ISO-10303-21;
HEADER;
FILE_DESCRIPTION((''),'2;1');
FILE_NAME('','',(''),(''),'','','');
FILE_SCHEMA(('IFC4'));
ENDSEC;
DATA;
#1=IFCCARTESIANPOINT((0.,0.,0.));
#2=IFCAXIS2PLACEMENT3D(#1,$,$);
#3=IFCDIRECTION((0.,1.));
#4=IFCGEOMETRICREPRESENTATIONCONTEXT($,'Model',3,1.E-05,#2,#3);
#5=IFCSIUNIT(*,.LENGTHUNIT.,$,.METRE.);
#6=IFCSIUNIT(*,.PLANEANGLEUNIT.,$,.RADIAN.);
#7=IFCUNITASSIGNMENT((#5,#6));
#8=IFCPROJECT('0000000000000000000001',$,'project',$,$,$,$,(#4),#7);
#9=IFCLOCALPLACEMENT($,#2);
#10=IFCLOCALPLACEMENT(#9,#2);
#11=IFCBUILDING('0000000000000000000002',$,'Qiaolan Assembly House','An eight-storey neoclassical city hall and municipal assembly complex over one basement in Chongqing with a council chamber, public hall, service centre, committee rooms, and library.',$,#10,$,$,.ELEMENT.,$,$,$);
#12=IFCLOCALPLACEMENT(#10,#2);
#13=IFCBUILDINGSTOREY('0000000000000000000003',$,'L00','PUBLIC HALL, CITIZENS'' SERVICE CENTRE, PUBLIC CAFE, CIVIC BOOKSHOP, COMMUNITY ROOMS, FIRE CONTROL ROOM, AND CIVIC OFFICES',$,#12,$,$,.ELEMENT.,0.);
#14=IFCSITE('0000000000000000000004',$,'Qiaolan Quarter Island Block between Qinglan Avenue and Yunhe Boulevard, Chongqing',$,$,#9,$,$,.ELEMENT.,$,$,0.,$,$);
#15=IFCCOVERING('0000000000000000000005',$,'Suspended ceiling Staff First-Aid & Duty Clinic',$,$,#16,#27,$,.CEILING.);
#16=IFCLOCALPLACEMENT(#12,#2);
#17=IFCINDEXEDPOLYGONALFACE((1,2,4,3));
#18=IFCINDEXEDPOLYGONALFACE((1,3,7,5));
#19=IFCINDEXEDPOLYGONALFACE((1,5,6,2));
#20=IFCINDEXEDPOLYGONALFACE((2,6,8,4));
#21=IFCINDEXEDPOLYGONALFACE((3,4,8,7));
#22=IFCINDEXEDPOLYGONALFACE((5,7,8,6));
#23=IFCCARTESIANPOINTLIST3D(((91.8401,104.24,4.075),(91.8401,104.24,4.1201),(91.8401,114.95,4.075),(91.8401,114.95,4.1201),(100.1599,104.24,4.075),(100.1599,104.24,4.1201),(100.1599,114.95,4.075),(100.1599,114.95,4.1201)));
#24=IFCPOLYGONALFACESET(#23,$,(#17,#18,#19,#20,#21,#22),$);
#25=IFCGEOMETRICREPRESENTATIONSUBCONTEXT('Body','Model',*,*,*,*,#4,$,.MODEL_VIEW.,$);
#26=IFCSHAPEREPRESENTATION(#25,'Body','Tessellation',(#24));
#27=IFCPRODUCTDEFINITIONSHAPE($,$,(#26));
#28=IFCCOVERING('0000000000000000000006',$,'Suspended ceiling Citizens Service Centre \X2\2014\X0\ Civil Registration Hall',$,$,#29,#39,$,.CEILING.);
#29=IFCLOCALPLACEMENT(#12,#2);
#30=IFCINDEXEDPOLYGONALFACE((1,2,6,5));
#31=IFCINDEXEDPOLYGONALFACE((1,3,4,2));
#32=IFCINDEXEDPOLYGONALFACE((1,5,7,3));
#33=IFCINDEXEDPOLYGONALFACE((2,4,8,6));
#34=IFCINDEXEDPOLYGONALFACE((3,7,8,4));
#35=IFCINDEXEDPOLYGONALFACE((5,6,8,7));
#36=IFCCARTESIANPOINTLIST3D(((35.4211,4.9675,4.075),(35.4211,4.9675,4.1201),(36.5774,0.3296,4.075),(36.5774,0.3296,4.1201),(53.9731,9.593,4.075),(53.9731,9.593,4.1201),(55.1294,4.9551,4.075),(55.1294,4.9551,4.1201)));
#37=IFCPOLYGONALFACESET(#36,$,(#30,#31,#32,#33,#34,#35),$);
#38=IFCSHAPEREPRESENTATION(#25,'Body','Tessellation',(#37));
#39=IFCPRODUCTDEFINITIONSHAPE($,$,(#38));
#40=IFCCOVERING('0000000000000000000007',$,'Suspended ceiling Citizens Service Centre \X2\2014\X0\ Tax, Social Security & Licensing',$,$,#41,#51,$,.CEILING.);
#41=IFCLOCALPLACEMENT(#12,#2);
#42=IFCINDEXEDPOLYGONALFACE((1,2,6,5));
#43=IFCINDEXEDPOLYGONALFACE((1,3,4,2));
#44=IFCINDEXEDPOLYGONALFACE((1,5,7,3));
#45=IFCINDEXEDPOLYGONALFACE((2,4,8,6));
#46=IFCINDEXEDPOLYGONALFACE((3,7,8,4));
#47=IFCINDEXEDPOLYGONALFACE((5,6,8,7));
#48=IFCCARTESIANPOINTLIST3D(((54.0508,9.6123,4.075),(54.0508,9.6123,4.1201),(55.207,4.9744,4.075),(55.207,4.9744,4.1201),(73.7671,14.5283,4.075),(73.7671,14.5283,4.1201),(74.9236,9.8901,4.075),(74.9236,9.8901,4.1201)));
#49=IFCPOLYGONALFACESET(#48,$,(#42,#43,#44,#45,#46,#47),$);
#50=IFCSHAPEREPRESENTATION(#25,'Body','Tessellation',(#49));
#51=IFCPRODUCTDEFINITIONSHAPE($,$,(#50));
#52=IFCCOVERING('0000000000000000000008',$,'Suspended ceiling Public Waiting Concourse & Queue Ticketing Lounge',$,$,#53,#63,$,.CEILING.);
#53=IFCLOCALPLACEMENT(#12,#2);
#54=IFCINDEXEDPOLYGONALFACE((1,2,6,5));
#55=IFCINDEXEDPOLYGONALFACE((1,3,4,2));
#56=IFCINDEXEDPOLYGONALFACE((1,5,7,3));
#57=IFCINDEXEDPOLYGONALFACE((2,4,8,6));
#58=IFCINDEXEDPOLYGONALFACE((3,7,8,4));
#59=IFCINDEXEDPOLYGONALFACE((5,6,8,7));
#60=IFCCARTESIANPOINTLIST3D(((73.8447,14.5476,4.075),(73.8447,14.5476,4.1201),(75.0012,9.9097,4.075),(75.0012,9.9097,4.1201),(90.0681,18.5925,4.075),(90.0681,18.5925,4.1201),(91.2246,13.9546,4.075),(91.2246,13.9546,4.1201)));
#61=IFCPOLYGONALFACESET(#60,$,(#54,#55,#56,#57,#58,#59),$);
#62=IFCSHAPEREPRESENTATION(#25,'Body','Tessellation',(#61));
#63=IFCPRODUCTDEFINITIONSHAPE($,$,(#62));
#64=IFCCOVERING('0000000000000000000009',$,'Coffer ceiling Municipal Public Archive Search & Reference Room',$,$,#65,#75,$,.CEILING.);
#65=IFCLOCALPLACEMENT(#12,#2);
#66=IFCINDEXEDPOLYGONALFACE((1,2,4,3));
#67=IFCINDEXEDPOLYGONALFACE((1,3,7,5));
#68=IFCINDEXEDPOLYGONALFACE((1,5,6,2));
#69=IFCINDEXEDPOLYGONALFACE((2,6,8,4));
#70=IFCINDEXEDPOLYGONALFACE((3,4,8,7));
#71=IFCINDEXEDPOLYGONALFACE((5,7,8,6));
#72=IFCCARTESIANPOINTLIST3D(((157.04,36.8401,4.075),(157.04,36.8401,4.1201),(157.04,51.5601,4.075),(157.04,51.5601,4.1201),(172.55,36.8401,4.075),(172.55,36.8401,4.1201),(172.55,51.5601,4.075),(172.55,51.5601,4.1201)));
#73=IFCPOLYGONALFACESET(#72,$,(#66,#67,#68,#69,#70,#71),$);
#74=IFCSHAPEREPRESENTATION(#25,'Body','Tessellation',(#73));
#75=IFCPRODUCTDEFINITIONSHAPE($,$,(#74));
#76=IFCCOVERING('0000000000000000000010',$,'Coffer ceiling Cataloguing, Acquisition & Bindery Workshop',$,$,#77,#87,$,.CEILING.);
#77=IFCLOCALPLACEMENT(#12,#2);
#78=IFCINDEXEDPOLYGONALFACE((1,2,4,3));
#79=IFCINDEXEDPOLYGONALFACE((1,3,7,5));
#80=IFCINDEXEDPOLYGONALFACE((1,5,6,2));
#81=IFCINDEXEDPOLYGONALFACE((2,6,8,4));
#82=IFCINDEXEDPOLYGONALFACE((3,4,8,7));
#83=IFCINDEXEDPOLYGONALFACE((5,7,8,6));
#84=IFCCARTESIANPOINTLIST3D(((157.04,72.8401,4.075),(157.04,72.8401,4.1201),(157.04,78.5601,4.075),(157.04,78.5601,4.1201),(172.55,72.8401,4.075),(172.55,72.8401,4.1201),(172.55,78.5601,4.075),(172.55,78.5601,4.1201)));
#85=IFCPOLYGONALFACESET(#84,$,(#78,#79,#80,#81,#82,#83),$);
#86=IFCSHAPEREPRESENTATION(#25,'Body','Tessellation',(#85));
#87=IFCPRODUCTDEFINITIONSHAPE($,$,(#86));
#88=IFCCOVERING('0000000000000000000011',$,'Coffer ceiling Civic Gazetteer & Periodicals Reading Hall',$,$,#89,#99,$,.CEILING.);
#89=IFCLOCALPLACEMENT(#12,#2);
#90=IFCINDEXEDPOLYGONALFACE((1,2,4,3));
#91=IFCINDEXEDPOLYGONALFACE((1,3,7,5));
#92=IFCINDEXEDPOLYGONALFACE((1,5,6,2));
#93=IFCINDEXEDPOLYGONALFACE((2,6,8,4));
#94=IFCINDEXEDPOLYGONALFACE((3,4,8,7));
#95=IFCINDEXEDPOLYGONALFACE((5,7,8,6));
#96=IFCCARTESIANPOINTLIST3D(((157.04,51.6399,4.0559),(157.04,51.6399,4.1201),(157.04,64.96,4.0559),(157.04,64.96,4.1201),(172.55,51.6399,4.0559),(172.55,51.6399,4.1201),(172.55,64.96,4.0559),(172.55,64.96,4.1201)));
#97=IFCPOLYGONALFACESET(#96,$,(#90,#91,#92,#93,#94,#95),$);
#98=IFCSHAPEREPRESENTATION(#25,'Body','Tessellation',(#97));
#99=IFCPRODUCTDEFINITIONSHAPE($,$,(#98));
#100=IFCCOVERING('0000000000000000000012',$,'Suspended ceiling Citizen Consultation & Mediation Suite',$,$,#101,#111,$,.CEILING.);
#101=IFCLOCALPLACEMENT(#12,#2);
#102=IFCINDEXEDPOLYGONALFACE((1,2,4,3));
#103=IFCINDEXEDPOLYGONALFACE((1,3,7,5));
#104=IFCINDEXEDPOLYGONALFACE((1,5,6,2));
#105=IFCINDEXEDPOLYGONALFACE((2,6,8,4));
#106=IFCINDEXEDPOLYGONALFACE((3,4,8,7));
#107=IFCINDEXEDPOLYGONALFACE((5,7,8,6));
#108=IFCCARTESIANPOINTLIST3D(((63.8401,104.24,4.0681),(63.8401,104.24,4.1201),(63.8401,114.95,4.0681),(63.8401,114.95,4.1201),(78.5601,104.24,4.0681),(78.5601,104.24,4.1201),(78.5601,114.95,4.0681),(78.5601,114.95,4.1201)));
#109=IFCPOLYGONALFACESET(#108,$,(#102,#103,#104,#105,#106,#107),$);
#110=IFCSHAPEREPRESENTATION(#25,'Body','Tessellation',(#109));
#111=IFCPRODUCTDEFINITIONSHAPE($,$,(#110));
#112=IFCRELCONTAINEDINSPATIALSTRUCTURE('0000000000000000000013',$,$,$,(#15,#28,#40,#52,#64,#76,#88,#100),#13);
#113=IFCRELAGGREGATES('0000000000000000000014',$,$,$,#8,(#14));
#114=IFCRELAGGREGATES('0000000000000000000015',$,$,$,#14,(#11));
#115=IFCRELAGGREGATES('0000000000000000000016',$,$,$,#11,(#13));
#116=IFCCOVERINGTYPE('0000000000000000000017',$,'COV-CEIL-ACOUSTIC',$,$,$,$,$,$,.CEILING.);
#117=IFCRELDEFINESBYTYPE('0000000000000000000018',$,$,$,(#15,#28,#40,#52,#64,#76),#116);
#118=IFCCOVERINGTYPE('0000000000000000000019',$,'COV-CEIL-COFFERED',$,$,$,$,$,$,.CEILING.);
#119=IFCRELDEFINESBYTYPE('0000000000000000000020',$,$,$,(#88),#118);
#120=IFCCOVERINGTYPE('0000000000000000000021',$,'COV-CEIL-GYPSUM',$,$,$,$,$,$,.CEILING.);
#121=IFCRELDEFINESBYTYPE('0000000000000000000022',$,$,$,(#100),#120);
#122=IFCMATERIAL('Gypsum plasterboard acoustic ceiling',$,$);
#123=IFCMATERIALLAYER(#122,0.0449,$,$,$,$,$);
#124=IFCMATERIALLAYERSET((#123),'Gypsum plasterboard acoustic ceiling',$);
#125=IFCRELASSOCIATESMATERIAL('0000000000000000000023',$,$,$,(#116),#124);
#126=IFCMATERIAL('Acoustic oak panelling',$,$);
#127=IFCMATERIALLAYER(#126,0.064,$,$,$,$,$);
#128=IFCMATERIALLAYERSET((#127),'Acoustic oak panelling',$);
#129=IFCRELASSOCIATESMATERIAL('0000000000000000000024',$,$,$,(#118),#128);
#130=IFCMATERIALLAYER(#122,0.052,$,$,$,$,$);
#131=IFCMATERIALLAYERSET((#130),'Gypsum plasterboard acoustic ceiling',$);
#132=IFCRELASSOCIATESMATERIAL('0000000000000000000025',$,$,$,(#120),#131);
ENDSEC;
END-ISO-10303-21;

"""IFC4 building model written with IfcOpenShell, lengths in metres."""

from ifc_helpers import new_model, si_unit, direction, frame, origin, place, context, subcontext, project, spatial, polyline, outline, extrude, material, layer, layer_set, type_object, element, save


model = new_model("IFC4")

# Units and contexts
model_context = context("Model", 3, precision=1e-05, world=origin(), true_north=direction((0.0, 1.0)))
body_context = subcontext(model_context, "Body", "Model", "MODEL_VIEW")
ifc_project = project(units=[si_unit("LENGTHUNIT", "METRE"), si_unit("PLANEANGLEUNIT", "RADIAN")], contexts=[model_context])

# Site, building, storey
site_placement = place(None, origin())
site = spatial("IfcSite", under=ifc_project, at=site_placement, Name="Qiaolan Quarter Island Block between Qinglan Avenue and Yunhe Boulevard, Chongqing", CompositionType="ELEMENT", RefElevation=0.0)
building_placement = place(site_placement, origin())
building = spatial("IfcBuilding", under=site, at=building_placement, Name="Qiaolan Assembly House", Description="An eight-storey neoclassical city hall and municipal assembly complex over one basement in Chongqing with a council chamber, public hall, service centre, committee rooms, and library.", CompositionType="ELEMENT")
storey_placement = place(building_placement, origin())
storey = spatial("IfcBuildingStorey", under=building, at=storey_placement, Name="L00", Description="PUBLIC HALL, CITIZENS' SERVICE CENTRE, PUBLIC CAFE, CIVIC BOOKSHOP, COMMUNITY ROOMS, FIRE CONTROL ROOM, AND CIVIC OFFICES", CompositionType="ELEMENT", Elevation=0.0)

# Coverings
ifc_material_1 = material(Name="Gypsum plasterboard acoustic ceiling")
ifc_layer_1 = layer(ifc_material_1, 0.0449)
ifc_layer_set_1 = layer_set([ifc_layer_1], Name="Gypsum plasterboard acoustic ceiling")
covering_type_1 = type_object("IfcCoveringType", Name="COV-CEIL-ACOUSTIC", PredefinedType="CEILING", material=ifc_layer_set_1)
covering_1_placement = place(storey_placement, frame((0.0, 0.0, 4.075)))
element("IfcCovering", 1, at=covering_1_placement, inside=storey, type_object=covering_type_1, Name="Suspended ceiling Staff First-Aid & Duty Clinic", PredefinedType="CEILING", context=body_context, shape_type="SweptSolid", body=[
    extrude(outline(polyline([(91.8401, 104.24), (100.1599, 104.24), (100.1599, 114.95), (91.8401, 114.95), (91.8401, 104.24)])), origin(), (0.0, 0.0, 1.0), 0.0452),
])
covering_2_placement = place(storey_placement, frame((0.0, 0.0, 4.075)))
element("IfcCovering", 2, at=covering_2_placement, inside=storey, type_object=covering_type_1, Name="Suspended ceiling Citizens Service Centre — Civil Registration Hall", PredefinedType="CEILING", context=body_context, shape_type="SweptSolid", body=[
    extrude(outline(polyline([(36.5774, 0.3296), (55.1294, 4.9551), (53.9731, 9.593), (35.4211, 4.9675), (36.5774, 0.3296)])), origin(), (0.0, 0.0, 1.0), 0.0452),
])
covering_3_placement = place(storey_placement, frame((0.0, 0.0, 4.075)))
element("IfcCovering", 3, at=covering_3_placement, inside=storey, type_object=covering_type_1, Name="Suspended ceiling Citizens Service Centre — Tax, Social Security & Licensing", PredefinedType="CEILING", context=body_context, shape_type="SweptSolid", body=[
    extrude(outline(polyline([(55.207, 4.9744), (74.9236, 9.8901), (73.7671, 14.5283), (54.0508, 9.6123), (55.207, 4.9744)])), origin(), (0.0, 0.0, 1.0), 0.0452),
])
covering_4_placement = place(storey_placement, frame((0.0, 0.0, 4.075)))
element("IfcCovering", 4, at=covering_4_placement, inside=storey, type_object=covering_type_1, Name="Suspended ceiling Public Waiting Concourse & Queue Ticketing Lounge", PredefinedType="CEILING", context=body_context, shape_type="SweptSolid", body=[
    extrude(outline(polyline([(75.0012, 9.9097), (91.2246, 13.9546), (90.0681, 18.5925), (73.8447, 14.5476), (75.0012, 9.9097)])), origin(), (0.0, 0.0, 1.0), 0.0452),
])
covering_5_placement = place(storey_placement, frame((0.0, 0.0, 4.075)))
element("IfcCovering", 5, at=covering_5_placement, inside=storey, type_object=covering_type_1, Name="Coffer ceiling Municipal Public Archive Search & Reference Room", PredefinedType="CEILING", context=body_context, shape_type="SweptSolid", body=[
    extrude(outline(polyline([(157.04, 36.8401), (172.55, 36.8401), (172.55, 51.5601), (157.04, 51.5601), (157.04, 36.8401)])), origin(), (0.0, 0.0, 1.0), 0.0452),
])
covering_6_placement = place(storey_placement, frame((0.0, 0.0, 4.075)))
element("IfcCovering", 6, at=covering_6_placement, inside=storey, type_object=covering_type_1, Name="Coffer ceiling Cataloguing, Acquisition & Bindery Workshop", PredefinedType="CEILING", context=body_context, shape_type="SweptSolid", body=[
    extrude(outline(polyline([(157.04, 72.8401), (172.55, 72.8401), (172.55, 78.5601), (157.04, 78.5601), (157.04, 72.8401)])), origin(), (0.0, 0.0, 1.0), 0.0452),
])
ifc_material_2 = material(Name="Acoustic oak panelling")
ifc_layer_2 = layer(ifc_material_2, 0.064)
ifc_layer_set_2 = layer_set([ifc_layer_2], Name="Acoustic oak panelling")
covering_type_2 = type_object("IfcCoveringType", Name="COV-CEIL-COFFERED", PredefinedType="CEILING", material=ifc_layer_set_2)
covering_7_placement = place(storey_placement, frame((0.0, 0.0, 4.0559)))
element("IfcCovering", 7, at=covering_7_placement, inside=storey, type_object=covering_type_2, Name="Coffer ceiling Civic Gazetteer & Periodicals Reading Hall", PredefinedType="CEILING", context=body_context, shape_type="SweptSolid", body=[
    extrude(outline(polyline([(157.04, 51.6399), (172.55, 51.6399), (172.55, 64.96), (157.04, 64.96), (157.04, 51.6399)])), origin(), (0.0, 0.0, 1.0), 0.0642),
])
ifc_layer_3 = layer(ifc_material_1, 0.052)
ifc_layer_set_3 = layer_set([ifc_layer_3], Name="Gypsum plasterboard acoustic ceiling")
covering_type_3 = type_object("IfcCoveringType", Name="COV-CEIL-GYPSUM", PredefinedType="CEILING", material=ifc_layer_set_3)
covering_8_placement = place(storey_placement, frame((0.0, 0.0, 4.0681)))
element("IfcCovering", 8, at=covering_8_placement, inside=storey, type_object=covering_type_3, Name="Suspended ceiling Citizen Consultation & Mediation Suite", PredefinedType="CEILING", context=body_context, shape_type="SweptSolid", body=[
    extrude(outline(polyline([(63.8401, 104.24), (78.5601, 104.24), (78.5601, 114.95), (63.8401, 114.95), (63.8401, 104.24)])), origin(), (0.0, 0.0, 1.0), 0.052),
])

save(model, "model.ifc")
